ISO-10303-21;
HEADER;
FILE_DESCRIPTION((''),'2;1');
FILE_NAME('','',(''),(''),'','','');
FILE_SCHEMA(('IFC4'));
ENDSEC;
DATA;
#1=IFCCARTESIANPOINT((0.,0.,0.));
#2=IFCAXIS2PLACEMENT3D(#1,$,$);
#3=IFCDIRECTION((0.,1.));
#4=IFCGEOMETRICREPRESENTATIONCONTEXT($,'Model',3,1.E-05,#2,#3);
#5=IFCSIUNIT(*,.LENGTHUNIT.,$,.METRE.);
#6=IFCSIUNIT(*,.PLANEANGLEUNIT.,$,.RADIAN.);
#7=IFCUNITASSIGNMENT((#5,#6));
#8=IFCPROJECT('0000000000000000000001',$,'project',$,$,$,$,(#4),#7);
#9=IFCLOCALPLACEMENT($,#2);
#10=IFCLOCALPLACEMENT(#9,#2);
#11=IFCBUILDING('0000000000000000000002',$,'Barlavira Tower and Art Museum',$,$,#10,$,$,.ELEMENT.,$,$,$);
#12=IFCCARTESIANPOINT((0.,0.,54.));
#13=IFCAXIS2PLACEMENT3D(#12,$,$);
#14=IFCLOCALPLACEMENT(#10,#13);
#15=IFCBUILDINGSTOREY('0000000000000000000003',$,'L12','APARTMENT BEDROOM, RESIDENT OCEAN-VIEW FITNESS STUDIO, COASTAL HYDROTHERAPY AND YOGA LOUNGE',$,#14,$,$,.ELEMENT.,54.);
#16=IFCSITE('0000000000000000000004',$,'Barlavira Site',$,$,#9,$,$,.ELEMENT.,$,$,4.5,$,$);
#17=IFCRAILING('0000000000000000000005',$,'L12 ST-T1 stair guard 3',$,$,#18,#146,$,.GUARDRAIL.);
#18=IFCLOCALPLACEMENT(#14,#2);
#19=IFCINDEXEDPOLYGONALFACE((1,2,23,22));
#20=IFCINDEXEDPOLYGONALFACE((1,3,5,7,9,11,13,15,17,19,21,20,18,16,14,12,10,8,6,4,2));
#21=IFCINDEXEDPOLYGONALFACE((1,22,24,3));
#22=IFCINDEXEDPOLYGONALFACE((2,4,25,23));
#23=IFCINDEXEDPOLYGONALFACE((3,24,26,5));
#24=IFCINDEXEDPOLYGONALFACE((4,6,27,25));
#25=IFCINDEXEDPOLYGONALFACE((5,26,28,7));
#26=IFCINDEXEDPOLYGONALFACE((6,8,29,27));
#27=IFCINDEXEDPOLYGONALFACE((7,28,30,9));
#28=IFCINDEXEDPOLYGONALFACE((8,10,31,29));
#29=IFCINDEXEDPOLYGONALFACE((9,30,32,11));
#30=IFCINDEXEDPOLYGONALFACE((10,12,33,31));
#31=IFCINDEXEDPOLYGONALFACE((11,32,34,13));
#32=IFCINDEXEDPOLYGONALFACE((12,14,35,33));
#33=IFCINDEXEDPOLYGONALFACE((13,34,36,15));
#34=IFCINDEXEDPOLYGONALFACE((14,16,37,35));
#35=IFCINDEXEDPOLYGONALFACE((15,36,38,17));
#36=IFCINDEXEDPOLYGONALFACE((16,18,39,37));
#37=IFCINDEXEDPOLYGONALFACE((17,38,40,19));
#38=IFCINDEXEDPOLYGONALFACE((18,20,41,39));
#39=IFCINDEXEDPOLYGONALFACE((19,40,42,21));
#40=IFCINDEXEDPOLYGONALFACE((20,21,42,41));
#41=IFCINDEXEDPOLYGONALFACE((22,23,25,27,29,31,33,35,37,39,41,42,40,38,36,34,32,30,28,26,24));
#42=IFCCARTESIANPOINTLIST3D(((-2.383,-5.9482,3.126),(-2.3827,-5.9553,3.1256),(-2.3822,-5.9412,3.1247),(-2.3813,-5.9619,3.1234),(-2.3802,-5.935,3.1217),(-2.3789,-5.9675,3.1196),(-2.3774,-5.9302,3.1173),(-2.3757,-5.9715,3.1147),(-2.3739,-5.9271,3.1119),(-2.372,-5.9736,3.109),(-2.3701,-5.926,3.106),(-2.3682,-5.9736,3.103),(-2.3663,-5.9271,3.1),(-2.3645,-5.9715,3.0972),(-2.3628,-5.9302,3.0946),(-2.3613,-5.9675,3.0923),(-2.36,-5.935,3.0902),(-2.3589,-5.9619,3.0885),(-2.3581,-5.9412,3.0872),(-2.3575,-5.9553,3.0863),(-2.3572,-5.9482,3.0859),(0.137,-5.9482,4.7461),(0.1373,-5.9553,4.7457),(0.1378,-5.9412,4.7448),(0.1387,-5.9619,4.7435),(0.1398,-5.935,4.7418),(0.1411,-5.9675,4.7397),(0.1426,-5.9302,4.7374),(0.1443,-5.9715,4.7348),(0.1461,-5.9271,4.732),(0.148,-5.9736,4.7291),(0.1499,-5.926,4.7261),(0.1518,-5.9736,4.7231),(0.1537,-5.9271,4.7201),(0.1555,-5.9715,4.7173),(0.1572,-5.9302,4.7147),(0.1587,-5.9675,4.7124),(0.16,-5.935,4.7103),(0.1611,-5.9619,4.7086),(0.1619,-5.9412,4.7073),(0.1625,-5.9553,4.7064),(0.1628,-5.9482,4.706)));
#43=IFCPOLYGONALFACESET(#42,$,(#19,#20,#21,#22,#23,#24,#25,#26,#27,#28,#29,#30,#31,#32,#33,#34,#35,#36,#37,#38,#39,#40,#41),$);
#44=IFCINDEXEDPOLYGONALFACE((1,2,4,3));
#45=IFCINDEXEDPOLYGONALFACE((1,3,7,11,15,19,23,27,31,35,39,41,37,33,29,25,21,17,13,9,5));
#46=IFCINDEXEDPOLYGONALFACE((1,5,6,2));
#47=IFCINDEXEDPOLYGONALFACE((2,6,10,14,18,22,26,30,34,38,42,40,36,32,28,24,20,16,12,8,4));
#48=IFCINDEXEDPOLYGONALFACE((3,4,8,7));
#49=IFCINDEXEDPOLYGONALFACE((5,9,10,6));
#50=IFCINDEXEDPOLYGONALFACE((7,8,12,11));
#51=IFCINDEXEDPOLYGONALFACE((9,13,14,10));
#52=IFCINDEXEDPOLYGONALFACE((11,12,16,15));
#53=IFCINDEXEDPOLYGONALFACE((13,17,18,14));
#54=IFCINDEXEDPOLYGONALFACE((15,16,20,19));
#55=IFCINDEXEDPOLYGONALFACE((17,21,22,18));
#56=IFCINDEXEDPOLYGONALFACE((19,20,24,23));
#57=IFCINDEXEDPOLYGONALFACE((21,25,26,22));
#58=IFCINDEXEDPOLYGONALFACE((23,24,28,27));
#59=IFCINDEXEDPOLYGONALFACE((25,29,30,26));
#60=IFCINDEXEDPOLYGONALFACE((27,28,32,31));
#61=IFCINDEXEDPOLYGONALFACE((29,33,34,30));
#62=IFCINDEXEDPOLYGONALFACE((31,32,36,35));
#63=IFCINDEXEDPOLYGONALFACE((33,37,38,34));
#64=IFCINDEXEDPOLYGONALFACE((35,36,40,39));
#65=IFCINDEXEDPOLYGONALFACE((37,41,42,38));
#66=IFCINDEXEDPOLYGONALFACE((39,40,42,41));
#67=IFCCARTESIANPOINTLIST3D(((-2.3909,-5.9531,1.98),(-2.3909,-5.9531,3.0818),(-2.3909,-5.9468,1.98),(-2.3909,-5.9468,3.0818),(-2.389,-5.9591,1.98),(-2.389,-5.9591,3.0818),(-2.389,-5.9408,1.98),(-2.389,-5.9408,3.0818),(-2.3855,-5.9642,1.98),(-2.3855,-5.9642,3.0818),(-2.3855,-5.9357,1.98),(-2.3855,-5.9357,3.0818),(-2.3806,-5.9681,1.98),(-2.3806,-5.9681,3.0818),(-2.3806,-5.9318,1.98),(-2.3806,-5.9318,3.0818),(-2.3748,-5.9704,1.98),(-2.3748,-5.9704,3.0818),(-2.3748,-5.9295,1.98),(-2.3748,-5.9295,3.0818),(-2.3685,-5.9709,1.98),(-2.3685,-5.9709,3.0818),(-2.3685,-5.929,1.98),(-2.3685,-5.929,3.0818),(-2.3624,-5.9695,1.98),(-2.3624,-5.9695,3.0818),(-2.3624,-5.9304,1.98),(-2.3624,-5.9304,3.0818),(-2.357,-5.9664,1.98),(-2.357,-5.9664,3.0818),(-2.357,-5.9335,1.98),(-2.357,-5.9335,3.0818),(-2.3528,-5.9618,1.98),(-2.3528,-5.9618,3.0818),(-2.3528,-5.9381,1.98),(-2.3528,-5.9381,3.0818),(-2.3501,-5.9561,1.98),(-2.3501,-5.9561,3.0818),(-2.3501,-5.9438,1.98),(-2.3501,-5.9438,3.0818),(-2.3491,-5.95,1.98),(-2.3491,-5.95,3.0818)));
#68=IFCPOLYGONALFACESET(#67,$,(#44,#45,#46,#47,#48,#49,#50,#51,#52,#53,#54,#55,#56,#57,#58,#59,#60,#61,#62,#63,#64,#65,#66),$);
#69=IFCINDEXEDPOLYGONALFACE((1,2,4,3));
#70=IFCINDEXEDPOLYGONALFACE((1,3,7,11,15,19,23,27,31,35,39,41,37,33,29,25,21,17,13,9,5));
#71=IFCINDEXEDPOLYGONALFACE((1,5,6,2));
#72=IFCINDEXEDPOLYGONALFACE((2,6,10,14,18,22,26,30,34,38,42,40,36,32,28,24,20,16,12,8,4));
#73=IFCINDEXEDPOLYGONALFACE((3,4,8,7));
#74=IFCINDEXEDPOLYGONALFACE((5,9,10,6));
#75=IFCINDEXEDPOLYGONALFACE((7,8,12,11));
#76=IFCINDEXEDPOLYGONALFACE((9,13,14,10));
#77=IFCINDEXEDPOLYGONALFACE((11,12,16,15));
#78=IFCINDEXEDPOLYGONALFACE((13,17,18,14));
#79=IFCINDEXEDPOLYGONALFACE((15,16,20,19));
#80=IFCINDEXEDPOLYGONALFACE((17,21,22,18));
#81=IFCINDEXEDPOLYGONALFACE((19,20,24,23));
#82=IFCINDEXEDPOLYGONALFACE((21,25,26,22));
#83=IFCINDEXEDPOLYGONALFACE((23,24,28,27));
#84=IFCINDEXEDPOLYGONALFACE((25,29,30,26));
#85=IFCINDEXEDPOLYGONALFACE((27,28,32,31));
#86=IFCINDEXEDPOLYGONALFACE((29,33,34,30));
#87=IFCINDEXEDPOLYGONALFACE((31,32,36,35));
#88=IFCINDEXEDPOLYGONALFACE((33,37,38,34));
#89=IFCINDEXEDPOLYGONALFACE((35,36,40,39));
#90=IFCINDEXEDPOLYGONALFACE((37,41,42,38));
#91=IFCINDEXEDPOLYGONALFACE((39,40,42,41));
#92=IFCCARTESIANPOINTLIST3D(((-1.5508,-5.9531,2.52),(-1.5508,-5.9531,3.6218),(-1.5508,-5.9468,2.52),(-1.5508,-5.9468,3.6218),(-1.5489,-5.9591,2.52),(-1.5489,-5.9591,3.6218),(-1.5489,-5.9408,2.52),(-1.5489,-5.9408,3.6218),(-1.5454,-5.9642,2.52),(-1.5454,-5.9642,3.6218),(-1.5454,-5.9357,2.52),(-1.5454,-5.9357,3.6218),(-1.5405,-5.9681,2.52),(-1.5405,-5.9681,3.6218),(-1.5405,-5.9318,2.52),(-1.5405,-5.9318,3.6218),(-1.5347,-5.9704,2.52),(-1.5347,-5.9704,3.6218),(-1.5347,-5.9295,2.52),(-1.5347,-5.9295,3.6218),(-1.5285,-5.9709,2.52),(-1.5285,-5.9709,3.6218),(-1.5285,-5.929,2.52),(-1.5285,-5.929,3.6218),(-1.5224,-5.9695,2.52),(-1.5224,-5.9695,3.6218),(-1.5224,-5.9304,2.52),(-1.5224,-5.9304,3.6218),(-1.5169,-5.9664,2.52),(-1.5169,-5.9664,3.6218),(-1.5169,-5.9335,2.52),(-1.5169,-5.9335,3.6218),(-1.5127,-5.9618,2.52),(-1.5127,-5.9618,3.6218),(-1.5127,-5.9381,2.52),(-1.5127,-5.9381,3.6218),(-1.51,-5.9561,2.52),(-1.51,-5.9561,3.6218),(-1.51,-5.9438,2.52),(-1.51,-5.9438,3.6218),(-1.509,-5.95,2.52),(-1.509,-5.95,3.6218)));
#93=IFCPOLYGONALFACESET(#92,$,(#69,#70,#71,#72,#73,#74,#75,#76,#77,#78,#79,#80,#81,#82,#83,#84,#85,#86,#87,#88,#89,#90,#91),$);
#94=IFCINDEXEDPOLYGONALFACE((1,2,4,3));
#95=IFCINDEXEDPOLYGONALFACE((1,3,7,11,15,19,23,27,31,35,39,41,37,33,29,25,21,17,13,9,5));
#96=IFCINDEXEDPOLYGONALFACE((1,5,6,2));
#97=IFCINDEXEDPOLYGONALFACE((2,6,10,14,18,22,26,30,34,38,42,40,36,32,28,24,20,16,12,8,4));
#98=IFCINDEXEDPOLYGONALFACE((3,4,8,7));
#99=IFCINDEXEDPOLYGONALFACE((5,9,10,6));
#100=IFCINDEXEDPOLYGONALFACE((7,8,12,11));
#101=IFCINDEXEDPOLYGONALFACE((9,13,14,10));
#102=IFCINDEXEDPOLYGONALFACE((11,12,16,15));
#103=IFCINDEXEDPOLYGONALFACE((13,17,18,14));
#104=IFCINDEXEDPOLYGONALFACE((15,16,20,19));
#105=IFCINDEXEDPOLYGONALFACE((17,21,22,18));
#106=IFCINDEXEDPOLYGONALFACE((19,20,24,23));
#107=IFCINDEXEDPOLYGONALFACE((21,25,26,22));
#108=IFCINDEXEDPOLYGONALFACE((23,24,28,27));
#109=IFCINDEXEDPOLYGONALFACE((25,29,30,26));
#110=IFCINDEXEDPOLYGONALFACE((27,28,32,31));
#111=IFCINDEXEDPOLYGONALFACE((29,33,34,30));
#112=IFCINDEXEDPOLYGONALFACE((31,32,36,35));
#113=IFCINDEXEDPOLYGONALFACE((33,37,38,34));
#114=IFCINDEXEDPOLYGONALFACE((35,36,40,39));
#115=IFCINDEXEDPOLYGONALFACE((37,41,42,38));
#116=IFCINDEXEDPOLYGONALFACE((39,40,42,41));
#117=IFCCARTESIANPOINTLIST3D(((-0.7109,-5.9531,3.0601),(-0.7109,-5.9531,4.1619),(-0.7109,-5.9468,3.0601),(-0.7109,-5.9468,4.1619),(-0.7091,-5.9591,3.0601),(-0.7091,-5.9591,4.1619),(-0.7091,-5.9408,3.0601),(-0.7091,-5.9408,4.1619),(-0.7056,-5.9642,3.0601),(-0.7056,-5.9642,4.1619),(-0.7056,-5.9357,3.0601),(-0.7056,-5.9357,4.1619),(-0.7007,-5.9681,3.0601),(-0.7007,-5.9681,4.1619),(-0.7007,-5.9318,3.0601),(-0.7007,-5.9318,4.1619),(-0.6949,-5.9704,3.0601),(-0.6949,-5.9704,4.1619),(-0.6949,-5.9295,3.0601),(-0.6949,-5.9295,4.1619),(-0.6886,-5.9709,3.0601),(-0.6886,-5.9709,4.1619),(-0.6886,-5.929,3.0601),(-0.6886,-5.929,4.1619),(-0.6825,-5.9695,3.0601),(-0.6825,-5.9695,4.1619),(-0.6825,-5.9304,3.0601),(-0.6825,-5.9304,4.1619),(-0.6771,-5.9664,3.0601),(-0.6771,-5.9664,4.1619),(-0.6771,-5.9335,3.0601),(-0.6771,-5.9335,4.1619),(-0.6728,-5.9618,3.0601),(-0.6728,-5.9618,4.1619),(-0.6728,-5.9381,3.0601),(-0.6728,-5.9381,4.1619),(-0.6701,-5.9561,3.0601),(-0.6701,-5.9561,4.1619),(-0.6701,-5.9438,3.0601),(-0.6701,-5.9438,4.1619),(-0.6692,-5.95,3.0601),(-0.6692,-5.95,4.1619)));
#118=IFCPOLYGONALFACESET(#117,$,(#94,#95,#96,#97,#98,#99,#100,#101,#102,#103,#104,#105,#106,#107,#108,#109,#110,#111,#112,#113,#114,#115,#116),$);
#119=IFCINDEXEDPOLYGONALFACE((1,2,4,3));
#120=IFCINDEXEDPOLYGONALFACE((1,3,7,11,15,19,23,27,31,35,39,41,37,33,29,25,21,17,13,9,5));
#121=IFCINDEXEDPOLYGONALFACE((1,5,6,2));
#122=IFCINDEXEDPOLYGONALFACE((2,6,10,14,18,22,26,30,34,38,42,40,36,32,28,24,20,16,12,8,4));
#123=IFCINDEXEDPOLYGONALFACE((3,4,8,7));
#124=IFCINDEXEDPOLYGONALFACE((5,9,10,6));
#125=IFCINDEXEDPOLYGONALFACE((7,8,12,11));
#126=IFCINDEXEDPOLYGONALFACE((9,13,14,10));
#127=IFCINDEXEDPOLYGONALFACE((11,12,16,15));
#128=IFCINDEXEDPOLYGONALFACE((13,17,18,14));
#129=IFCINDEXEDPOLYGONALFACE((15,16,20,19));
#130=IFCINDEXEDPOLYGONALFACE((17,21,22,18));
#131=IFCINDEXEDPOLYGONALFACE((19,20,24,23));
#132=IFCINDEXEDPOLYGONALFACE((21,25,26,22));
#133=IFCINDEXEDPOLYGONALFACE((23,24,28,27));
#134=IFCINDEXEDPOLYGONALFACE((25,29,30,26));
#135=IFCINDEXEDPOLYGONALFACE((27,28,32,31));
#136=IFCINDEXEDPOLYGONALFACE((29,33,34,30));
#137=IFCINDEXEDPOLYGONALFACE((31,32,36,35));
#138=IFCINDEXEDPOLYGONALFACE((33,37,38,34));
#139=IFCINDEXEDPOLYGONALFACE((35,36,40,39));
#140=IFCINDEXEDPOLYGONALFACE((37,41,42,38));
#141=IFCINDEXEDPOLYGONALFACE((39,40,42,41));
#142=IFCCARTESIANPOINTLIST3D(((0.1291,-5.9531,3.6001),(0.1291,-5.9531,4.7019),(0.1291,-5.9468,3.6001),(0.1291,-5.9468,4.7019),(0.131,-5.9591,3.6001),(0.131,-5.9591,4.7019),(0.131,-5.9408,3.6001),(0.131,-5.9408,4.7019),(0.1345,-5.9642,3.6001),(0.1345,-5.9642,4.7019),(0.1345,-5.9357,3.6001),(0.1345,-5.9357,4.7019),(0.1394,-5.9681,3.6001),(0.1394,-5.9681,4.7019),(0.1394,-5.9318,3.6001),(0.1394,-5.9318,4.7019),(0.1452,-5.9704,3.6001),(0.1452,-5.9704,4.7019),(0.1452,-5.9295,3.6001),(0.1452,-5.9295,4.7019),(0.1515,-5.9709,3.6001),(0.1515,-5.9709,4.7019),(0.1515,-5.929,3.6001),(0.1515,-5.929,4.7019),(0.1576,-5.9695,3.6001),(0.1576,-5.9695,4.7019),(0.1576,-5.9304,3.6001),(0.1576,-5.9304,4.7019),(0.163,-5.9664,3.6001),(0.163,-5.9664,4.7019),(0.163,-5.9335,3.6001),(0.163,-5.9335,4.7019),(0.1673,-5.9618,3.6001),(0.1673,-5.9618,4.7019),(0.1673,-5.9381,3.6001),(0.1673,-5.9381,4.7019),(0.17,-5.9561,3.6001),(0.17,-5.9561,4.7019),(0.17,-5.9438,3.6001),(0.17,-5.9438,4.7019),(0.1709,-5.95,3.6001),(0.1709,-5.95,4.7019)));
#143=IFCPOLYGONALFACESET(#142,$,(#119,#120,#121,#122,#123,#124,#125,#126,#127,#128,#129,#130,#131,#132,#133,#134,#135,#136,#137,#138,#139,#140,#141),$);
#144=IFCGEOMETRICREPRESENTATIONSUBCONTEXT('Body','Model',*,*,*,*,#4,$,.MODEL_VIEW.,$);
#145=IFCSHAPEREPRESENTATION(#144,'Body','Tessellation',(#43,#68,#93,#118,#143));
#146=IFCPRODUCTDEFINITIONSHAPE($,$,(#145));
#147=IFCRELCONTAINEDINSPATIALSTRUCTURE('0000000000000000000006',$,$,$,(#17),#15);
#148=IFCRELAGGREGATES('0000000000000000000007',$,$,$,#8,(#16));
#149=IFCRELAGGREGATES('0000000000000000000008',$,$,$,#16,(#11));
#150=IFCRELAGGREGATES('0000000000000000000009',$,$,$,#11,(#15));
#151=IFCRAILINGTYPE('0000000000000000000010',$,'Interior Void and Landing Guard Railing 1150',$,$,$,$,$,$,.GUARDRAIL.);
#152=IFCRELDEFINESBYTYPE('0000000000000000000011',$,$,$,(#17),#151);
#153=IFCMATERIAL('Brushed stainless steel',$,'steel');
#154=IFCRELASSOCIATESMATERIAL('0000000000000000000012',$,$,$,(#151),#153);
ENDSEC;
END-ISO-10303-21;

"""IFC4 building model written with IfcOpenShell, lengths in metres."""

from ifc_helpers import new_model, si_unit, direction, frame, origin, origin_2d, place, context, subcontext, project, spatial, circle, extrude, material, type_object, element, save


model = new_model("IFC4")

# Units and contexts
model_context = context("Model", 3, precision=1e-05, world=origin(), true_north=direction((0.0, 1.0)))
body_context = subcontext(model_context, "Body", "Model", "MODEL_VIEW")
ifc_project = project(units=[si_unit("LENGTHUNIT", "METRE"), si_unit("PLANEANGLEUNIT", "RADIAN")], contexts=[model_context])

# Site, building, storey
site_placement = place(None, origin())
site = spatial("IfcSite", under=ifc_project, at=site_placement, Name="Barlavira Site", CompositionType="ELEMENT", RefElevation=4.5)
building_placement = place(site_placement, origin())
building = spatial("IfcBuilding", under=site, at=building_placement, Name="Barlavira Tower and Art Museum", CompositionType="ELEMENT")
storey_placement = place(building_placement, frame((0.0, 0.0, 54.0)))
storey = spatial("IfcBuildingStorey", under=building, at=storey_placement, Name="L12", Description="APARTMENT BEDROOM, RESIDENT OCEAN-VIEW FITNESS STUDIO, COASTAL HYDROTHERAPY AND YOGA LOUNGE", CompositionType="ELEMENT", Elevation=54.0)

# Shared definitions
ifc_material_1 = material(Name="Brushed stainless steel", Category="steel")

# Railing
railing_type_1 = type_object("IfcRailingType", Name="Interior Void and Landing Guard Railing 1150", PredefinedType="GUARDRAIL", material=ifc_material_1)
railing_1_placement = place(storey_placement, frame((-2.3701, -5.95, 1.98)))
element("IfcRailing", 1, at=railing_1_placement, inside=storey, type_object=railing_type_1, Name="L12 ST-T1 stair guard 3", PredefinedType="GUARDRAIL", context=body_context, shape_type="SweptSolid", body=[
    extrude(circle(Radius=0.0239, at=origin_2d()), frame((0.0, 0.0, 1.126), z_axis=(0.841163, 0.0, 0.540782), x_axis=(0.0, 1.0, 0.0)), (0.0, 0.0, 1.0), 2.9958),
    extrude(circle(Radius=0.021, at=origin_2d()), origin(), (0.0, 0.0, 1.0), 1.1018),
    extrude(circle(Radius=0.021, at=origin_2d()), frame((0.8401, 0.0, 0.54)), (0.0, 0.0, 1.0), 1.1018),
    extrude(circle(Radius=0.021, at=origin_2d()), frame((1.6799, 0.0, 1.0801)), (0.0, 0.0, 1.0), 1.1018),
    extrude(circle(Radius=0.021, at=origin_2d()), frame((2.52, 0.0, 1.6201)), (0.0, 0.0, 1.0), 1.1018),
])

save(model, "model.ifc")
